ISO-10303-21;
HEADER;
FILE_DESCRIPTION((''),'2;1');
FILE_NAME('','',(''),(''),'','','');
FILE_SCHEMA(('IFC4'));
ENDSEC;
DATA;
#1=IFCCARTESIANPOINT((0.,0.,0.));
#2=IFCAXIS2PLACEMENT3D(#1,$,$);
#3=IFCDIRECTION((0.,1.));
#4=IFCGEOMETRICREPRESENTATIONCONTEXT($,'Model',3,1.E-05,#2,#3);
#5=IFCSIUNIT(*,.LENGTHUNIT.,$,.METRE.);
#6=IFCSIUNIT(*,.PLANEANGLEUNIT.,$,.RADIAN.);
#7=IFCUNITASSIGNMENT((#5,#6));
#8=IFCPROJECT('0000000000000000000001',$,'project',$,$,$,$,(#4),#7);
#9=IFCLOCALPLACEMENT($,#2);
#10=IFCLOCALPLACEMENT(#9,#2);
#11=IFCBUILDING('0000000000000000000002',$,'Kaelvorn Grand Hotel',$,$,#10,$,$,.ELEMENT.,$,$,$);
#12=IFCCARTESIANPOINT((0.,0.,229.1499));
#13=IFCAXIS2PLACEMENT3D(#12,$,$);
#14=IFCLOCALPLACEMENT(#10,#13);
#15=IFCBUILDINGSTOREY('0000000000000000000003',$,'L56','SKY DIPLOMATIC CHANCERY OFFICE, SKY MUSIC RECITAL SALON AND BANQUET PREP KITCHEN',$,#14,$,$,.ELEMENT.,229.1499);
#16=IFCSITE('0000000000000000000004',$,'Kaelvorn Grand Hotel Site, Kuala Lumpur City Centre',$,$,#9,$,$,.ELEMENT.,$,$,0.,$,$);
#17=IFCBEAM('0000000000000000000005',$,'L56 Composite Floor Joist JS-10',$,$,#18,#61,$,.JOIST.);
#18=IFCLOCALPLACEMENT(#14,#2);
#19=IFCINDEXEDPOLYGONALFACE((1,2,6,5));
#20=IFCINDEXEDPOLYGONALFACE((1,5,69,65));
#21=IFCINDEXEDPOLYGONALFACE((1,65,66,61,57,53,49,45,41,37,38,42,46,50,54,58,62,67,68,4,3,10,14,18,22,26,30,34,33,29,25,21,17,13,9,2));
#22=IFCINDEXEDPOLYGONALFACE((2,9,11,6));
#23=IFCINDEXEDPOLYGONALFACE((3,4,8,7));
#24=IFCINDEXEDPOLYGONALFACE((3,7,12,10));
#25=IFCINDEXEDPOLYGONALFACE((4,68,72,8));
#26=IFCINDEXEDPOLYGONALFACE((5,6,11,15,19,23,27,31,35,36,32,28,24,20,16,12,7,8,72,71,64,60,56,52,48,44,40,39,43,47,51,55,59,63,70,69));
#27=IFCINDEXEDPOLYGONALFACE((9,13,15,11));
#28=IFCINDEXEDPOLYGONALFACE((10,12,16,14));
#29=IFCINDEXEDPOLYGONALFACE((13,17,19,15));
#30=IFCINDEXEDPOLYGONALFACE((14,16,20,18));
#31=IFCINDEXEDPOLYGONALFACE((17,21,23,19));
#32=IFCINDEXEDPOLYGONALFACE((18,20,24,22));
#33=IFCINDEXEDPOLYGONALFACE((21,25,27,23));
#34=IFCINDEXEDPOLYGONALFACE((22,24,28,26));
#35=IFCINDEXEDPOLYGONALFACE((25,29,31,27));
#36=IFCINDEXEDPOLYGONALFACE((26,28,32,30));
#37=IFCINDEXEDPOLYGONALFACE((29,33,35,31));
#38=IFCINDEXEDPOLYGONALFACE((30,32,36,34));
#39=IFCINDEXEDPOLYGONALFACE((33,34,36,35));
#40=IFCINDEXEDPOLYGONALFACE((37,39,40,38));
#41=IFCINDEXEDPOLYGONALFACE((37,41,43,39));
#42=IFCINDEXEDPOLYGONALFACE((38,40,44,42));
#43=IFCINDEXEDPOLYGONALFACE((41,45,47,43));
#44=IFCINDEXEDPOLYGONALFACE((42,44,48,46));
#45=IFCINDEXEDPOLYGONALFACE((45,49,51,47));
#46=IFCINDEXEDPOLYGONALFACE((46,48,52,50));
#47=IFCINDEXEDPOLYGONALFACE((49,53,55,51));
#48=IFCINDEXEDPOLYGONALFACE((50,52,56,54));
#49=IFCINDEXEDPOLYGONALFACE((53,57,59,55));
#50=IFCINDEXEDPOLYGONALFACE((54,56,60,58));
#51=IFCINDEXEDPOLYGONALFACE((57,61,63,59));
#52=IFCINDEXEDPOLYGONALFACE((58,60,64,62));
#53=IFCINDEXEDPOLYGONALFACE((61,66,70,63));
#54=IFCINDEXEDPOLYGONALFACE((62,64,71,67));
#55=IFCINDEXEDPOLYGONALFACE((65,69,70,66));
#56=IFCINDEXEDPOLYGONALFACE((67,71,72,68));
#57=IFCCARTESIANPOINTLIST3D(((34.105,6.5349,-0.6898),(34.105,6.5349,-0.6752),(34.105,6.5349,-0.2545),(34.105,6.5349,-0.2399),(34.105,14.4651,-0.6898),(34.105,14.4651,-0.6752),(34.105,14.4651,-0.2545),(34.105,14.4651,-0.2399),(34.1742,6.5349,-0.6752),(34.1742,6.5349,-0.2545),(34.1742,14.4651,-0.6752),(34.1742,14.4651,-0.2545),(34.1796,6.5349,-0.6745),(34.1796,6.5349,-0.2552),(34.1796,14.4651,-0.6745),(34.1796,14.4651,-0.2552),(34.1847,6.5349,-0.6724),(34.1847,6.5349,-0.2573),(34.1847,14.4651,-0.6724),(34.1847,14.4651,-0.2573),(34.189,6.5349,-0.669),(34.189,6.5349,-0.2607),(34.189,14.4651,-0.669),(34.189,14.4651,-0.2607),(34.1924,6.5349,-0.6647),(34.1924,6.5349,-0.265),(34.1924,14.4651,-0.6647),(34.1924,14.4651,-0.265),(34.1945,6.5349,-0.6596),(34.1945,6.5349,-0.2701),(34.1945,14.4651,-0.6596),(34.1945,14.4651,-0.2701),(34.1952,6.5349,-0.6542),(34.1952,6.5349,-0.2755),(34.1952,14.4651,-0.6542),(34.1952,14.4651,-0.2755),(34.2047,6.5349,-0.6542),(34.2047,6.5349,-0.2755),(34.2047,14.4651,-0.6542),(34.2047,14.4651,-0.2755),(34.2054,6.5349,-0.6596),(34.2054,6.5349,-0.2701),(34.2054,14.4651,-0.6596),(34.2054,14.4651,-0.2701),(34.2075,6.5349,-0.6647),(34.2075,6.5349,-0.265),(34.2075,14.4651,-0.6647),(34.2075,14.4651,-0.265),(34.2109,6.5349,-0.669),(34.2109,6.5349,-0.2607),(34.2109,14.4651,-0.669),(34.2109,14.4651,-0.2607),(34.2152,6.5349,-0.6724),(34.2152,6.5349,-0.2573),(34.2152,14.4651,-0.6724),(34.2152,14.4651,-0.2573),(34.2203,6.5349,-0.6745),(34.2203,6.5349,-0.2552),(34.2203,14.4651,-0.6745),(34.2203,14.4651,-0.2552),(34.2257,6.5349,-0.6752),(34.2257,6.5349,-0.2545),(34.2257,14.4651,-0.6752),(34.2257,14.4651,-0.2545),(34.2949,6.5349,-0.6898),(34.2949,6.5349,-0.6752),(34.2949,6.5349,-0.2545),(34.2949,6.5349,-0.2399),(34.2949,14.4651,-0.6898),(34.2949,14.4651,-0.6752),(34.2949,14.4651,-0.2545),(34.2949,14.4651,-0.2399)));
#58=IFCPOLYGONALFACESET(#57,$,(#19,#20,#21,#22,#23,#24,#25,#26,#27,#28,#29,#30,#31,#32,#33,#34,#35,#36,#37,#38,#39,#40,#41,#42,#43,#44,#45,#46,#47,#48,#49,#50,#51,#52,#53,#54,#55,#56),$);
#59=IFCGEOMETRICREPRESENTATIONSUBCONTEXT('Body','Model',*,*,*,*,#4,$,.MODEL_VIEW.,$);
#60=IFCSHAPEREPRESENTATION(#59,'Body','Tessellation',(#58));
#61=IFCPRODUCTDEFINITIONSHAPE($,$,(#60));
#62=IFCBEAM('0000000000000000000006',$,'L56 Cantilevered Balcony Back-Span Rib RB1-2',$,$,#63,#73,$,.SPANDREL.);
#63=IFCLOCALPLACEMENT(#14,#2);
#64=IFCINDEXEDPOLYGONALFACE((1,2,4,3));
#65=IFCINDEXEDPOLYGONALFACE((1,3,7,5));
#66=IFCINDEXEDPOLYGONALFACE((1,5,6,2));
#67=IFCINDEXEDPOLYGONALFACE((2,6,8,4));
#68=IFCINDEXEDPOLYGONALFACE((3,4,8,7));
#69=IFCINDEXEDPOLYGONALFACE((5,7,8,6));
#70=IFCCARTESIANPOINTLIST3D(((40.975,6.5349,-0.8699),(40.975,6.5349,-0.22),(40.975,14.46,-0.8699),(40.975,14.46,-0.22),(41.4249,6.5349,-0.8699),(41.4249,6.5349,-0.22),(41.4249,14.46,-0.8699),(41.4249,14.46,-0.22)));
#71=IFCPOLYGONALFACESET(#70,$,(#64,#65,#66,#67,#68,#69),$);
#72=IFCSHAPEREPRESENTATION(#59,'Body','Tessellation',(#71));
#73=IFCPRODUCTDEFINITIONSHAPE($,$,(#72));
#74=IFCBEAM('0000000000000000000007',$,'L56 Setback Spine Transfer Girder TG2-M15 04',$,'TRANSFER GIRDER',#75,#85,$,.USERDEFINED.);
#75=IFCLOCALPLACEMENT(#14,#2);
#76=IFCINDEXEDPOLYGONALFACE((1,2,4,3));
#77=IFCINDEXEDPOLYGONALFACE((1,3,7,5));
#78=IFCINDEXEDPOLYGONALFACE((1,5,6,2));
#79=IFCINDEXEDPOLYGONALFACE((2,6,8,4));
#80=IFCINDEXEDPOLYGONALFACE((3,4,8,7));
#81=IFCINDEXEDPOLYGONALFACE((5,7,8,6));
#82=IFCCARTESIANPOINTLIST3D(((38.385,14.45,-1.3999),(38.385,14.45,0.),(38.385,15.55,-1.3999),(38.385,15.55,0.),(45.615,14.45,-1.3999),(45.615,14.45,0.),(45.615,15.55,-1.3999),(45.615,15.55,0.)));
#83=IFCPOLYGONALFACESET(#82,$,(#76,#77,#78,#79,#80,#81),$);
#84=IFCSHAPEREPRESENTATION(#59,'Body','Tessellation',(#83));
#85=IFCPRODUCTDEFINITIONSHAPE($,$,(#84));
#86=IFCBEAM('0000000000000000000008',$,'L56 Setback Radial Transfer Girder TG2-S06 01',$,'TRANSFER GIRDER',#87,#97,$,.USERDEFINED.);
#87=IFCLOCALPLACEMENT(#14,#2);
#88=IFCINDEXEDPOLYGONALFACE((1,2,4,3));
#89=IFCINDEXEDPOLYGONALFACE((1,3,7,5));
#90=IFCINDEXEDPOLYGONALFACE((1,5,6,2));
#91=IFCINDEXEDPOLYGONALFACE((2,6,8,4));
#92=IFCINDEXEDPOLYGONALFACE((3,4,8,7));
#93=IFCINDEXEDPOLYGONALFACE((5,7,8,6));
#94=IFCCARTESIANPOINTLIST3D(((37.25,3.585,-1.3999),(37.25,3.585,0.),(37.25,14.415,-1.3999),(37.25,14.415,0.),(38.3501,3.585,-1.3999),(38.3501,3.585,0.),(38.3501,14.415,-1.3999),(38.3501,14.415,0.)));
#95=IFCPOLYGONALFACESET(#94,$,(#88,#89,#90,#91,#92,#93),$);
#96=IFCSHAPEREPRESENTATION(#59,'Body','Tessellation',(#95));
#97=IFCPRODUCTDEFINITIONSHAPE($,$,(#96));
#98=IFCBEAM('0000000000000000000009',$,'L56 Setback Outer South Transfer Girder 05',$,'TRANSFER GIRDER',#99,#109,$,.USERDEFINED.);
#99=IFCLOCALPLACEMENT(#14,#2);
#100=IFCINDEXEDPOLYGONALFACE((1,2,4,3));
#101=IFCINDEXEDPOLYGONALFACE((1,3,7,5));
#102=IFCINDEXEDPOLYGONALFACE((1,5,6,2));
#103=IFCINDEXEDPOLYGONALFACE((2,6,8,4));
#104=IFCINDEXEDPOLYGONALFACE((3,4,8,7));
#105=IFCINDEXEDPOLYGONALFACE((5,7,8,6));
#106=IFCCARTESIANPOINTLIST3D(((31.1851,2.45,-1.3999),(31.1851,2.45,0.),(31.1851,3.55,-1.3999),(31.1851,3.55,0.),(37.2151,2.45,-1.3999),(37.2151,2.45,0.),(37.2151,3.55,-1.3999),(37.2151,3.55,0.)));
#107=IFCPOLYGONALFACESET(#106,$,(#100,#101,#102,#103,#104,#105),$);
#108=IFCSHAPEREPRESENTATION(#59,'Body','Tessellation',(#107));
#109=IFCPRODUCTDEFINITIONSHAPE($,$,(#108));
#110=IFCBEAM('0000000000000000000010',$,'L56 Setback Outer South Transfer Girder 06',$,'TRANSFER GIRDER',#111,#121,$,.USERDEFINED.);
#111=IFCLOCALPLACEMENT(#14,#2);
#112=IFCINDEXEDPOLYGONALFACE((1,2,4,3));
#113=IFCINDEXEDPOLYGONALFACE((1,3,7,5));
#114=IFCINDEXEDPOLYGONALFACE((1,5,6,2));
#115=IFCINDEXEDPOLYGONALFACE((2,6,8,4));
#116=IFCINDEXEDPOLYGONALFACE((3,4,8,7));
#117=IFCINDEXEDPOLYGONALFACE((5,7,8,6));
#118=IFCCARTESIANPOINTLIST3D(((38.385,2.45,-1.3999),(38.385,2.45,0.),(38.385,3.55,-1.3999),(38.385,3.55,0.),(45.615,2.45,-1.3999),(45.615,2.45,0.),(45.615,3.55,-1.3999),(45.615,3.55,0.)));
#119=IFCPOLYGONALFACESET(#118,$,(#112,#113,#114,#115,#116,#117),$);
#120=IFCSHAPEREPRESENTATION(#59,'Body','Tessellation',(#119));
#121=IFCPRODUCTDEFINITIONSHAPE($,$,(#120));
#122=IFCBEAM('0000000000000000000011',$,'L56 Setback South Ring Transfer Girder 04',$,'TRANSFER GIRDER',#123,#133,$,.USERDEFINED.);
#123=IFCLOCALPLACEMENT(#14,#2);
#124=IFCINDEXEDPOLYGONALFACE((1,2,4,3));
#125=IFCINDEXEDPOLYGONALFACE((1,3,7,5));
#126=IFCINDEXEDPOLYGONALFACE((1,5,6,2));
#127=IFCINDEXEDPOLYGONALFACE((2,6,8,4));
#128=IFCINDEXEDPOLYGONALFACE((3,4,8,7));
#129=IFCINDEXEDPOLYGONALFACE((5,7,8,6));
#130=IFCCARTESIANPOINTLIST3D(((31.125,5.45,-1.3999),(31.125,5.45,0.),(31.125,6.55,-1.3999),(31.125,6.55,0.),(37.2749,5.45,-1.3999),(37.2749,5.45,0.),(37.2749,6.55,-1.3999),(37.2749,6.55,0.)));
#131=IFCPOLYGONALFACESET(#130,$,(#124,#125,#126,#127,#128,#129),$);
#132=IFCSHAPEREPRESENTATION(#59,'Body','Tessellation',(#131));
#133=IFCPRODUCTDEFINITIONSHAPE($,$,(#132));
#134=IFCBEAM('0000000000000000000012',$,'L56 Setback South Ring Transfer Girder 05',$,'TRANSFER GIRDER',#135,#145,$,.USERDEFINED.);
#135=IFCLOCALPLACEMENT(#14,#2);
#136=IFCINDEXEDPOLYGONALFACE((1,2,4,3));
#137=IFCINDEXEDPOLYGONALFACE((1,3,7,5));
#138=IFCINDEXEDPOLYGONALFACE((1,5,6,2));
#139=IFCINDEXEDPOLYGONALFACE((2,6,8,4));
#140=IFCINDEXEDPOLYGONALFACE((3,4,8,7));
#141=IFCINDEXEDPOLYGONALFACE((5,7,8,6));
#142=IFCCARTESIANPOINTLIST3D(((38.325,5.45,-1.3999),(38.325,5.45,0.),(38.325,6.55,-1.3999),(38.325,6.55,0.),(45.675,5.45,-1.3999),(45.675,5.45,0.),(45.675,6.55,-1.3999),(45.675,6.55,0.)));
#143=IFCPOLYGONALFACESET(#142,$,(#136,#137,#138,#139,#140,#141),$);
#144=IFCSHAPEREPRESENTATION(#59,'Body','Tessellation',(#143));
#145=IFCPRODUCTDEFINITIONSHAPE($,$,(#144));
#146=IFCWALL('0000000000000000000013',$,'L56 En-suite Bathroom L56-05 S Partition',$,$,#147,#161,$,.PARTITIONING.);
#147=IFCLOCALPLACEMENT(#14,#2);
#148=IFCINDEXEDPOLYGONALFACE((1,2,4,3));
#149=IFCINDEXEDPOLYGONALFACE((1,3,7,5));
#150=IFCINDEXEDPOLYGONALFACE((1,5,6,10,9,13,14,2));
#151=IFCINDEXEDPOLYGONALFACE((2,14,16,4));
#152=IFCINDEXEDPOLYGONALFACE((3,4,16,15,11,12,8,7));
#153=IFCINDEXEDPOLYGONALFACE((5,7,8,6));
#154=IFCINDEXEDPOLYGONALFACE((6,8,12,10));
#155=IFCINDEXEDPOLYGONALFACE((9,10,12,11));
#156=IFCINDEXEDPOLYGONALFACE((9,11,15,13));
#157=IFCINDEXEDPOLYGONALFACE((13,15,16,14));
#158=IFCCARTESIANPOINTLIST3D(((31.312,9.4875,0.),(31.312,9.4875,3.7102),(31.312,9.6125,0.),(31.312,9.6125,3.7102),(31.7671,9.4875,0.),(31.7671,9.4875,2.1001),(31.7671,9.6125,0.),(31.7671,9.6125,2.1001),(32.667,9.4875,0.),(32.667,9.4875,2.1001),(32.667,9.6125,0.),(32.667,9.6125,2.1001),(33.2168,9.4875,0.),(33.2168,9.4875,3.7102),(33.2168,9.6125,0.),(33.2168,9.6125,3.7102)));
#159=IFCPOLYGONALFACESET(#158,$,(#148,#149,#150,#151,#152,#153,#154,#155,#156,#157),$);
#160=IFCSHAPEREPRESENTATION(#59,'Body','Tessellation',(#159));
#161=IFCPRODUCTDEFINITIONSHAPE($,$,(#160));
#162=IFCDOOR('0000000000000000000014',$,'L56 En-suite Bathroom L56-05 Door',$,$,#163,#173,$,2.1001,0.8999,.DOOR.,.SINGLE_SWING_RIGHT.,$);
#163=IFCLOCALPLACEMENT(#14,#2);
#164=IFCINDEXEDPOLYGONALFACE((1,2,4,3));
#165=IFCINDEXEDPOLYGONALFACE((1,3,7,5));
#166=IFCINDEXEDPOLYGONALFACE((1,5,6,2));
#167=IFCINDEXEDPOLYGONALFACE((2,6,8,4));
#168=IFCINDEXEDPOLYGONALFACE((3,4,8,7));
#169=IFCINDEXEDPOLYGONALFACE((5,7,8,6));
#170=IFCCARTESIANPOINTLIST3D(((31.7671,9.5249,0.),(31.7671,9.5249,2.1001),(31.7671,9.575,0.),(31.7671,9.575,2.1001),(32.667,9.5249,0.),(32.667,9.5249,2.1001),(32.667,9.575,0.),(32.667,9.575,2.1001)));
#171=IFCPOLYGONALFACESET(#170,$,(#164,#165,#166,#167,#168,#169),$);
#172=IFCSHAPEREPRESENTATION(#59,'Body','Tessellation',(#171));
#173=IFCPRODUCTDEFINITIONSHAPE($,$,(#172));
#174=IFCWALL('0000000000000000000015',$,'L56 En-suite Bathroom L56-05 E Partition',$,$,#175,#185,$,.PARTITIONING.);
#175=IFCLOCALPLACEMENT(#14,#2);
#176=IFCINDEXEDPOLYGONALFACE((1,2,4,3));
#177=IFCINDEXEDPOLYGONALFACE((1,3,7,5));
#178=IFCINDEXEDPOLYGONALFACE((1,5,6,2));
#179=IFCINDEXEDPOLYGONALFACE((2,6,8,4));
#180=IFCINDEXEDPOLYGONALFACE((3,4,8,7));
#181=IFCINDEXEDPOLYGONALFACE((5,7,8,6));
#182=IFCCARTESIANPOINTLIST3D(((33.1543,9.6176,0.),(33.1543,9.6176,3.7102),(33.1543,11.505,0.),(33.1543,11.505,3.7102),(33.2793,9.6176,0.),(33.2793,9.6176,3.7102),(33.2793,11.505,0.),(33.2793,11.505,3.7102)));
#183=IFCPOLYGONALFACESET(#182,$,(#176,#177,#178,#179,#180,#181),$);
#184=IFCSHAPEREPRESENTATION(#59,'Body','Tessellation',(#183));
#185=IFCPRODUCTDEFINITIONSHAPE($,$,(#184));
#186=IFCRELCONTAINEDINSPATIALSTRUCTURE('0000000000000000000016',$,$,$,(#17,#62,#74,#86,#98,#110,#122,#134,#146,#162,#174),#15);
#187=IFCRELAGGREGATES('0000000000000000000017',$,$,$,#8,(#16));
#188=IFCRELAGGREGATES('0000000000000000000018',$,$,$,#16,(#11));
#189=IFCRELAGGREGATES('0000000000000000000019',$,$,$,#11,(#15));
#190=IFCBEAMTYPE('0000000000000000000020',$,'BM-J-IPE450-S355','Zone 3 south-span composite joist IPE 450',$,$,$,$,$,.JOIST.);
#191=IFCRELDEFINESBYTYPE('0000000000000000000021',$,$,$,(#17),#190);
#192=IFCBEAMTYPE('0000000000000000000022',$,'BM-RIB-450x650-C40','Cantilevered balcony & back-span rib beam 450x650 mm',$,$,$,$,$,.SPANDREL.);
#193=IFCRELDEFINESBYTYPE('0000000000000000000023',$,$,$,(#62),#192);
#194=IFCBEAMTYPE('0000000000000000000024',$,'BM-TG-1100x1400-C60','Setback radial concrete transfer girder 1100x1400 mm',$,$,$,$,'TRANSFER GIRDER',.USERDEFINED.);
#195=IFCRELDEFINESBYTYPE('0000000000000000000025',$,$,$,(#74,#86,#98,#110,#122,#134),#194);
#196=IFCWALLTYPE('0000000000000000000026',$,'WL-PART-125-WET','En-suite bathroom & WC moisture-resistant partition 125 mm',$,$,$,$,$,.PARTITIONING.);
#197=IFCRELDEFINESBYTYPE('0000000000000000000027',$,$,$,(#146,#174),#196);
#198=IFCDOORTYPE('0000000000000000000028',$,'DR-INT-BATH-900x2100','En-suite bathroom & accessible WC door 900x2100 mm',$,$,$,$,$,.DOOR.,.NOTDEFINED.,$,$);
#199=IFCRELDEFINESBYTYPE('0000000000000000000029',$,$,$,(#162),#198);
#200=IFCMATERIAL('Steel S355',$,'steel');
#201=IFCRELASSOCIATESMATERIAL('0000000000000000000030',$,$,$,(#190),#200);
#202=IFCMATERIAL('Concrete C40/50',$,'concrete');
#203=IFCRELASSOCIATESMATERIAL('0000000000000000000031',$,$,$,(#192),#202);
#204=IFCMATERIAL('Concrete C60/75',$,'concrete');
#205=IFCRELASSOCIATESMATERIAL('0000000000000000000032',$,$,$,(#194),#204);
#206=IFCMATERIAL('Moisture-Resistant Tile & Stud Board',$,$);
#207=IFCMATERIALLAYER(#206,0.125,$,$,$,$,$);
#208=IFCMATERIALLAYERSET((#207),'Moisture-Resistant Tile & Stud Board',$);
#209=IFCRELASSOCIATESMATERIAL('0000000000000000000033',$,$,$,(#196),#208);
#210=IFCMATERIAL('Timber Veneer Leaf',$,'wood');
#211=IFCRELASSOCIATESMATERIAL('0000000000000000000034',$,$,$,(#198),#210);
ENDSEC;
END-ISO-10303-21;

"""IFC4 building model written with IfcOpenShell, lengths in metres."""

from ifc_helpers import new_model, si_unit, direction, frame, frame_2d, origin, origin_2d, place, context, subcontext, project, spatial, rectangle, i_section, extrude, material, layer, layer_set, material_profile, profile_set, type_object, element, fill, save


model = new_model("IFC4")

# Units and contexts
model_context = context("Model", 3, precision=1e-05, world=origin(), true_north=direction((0.0, 1.0)))
body_context = subcontext(model_context, "Body", "Model", "MODEL_VIEW")
ifc_project = project(units=[si_unit("LENGTHUNIT", "METRE"), si_unit("PLANEANGLEUNIT", "RADIAN")], contexts=[model_context])

# Site, building, storey
site_placement = place(None, origin())
site = spatial("IfcSite", under=ifc_project, at=site_placement, Name="Kaelvorn Grand Hotel Site, Kuala Lumpur City Centre", CompositionType="ELEMENT", RefElevation=0.0)
building_placement = place(site_placement, origin())
building = spatial("IfcBuilding", under=site, at=building_placement, Name="Kaelvorn Grand Hotel", CompositionType="ELEMENT")
storey_placement = place(building_placement, frame((0.0, 0.0, 229.1499)))
storey = spatial("IfcBuildingStorey", under=building, at=storey_placement, Name="L56", Description="SKY DIPLOMATIC CHANCERY OFFICE, SKY MUSIC RECITAL SALON AND BANQUET PREP KITCHEN", CompositionType="ELEMENT", Elevation=229.1499)

# Beams
ifc_material_1 = material(Name="Steel S355", Category="steel")
ifc_material_profile_1 = material_profile(ifc_material_1, i_section(OverallWidth=0.1899, OverallDepth=0.45, WebThickness=0.0095, FlangeThickness=0.0146, FilletRadius=0.021, at=origin_2d()), Name="IPE 450")
ifc_profile_set_1 = profile_set([ifc_material_profile_1], Name="Steel S355")
beam_type_1 = type_object("IfcBeamType", Name="BM-J-IPE450-S355", Description="Zone 3 south-span composite joist IPE 450", PredefinedType="JOIST", material=ifc_profile_set_1)
beam_1_placement = place(storey_placement, frame((34.2, 6.5349, -0.4648), z_axis=(0.0, 1.0, 0.0), x_axis=(-1.0, 0.0, 0.0)))
element("IfcBeam", 1, at=beam_1_placement, inside=storey, type_object=beam_type_1, Name="L56 Composite Floor Joist JS-10", PredefinedType="JOIST", context=body_context, shape_type="SweptSolid", body=[
    extrude(i_section(OverallWidth=0.1899, OverallDepth=0.45, WebThickness=0.0095, FlangeThickness=0.0146, FilletRadius=0.021, at=origin_2d()), origin(), (0.0, 0.0, 1.0), 7.9302),
])
ifc_material_2 = material(Name="Concrete C40/50", Category="concrete")
ifc_material_profile_2 = material_profile(ifc_material_2, rectangle(XDim=0.45, YDim=0.6499, at=origin_2d()), Name="RC RIB 450x650")
ifc_profile_set_2 = profile_set([ifc_material_profile_2], Name="Concrete C40/50")
beam_type_2 = type_object("IfcBeamType", Name="BM-RIB-450x650-C40", Description="Cantilevered balcony & back-span rib beam 450x650 mm", PredefinedType="SPANDREL", material=ifc_profile_set_2)
beam_2_placement = place(storey_placement, frame((41.2, 6.5349, -0.5449), z_axis=(0.0, 1.0, 0.0), x_axis=(-1.0, 0.0, 0.0)))
element("IfcBeam", 2, at=beam_2_placement, inside=storey, type_object=beam_type_2, Name="L56 Cantilevered Balcony Back-Span Rib RB1-2", PredefinedType="SPANDREL", context=body_context, shape_type="SweptSolid", body=[
    extrude(rectangle(XDim=0.45, YDim=0.6499, at=origin_2d()), origin(), (0.0, 0.0, 1.0), 7.925),
])
ifc_material_3 = material(Name="Concrete C60/75", Category="concrete")
ifc_material_profile_3 = material_profile(ifc_material_3, rectangle(XDim=1.1001, YDim=1.3999, at=origin_2d()), Name="RC TG 1100x1400")
ifc_profile_set_3 = profile_set([ifc_material_profile_3], Name="Concrete C60/75")
beam_type_3 = type_object("IfcBeamType", Name="BM-TG-1100x1400-C60", Description="Setback radial concrete transfer girder 1100x1400 mm", ElementType="TRANSFER GIRDER", PredefinedType="USERDEFINED", material=ifc_profile_set_3)
beam_3_placement = place(storey_placement, frame((38.385, 15.0, -0.7), z_axis=(1.0, 0.0, 0.0), x_axis=(0.0, 1.0, 0.0)))
element("IfcBeam", 3, at=beam_3_placement, inside=storey, type_object=beam_type_3, Name="L56 Setback Spine Transfer Girder TG2-M15 04", ObjectType="TRANSFER GIRDER", PredefinedType="USERDEFINED", context=body_context, shape_type="SweptSolid", body=[
    extrude(rectangle(XDim=1.1001, YDim=1.3999, at=origin_2d()), origin(), (0.0, 0.0, 1.0), 7.23),
])
beam_4_placement = place(storey_placement, frame((37.8, 3.585, -0.7), z_axis=(0.0, 1.0, 0.0), x_axis=(-1.0, 0.0, 0.0)))
element("IfcBeam", 4, at=beam_4_placement, inside=storey, type_object=beam_type_3, Name="L56 Setback Radial Transfer Girder TG2-S06 01", ObjectType="TRANSFER GIRDER", PredefinedType="USERDEFINED", context=body_context, shape_type="SweptSolid", body=[
    extrude(rectangle(XDim=1.1001, YDim=1.3999, at=origin_2d()), origin(), (0.0, 0.0, 1.0), 10.8301),
])
beam_5_placement = place(storey_placement, frame((31.1851, 3.0, -0.7), z_axis=(1.0, 0.0, 0.0), x_axis=(0.0, 1.0, 0.0)))
element("IfcBeam", 5, at=beam_5_placement, inside=storey, type_object=beam_type_3, Name="L56 Setback Outer South Transfer Girder 05", ObjectType="TRANSFER GIRDER", PredefinedType="USERDEFINED", context=body_context, shape_type="SweptSolid", body=[
    extrude(rectangle(XDim=1.1001, YDim=1.3999, at=origin_2d()), origin(), (0.0, 0.0, 1.0), 6.03),
])
beam_6_placement = place(storey_placement, frame((38.385, 3.0, -0.7), z_axis=(1.0, 0.0, 0.0), x_axis=(0.0, 1.0, 0.0)))
element("IfcBeam", 6, at=beam_6_placement, inside=storey, type_object=beam_type_3, Name="L56 Setback Outer South Transfer Girder 06", ObjectType="TRANSFER GIRDER", PredefinedType="USERDEFINED", context=body_context, shape_type="SweptSolid", body=[
    extrude(rectangle(XDim=1.1001, YDim=1.3999, at=origin_2d()), origin(), (0.0, 0.0, 1.0), 7.23),
])
beam_7_placement = place(storey_placement, frame((31.125, 6.0, -0.7), z_axis=(1.0, 0.0, 0.0), x_axis=(0.0, 1.0, 0.0)))
element("IfcBeam", 7, at=beam_7_placement, inside=storey, type_object=beam_type_3, Name="L56 Setback South Ring Transfer Girder 04", ObjectType="TRANSFER GIRDER", PredefinedType="USERDEFINED", context=body_context, shape_type="SweptSolid", body=[
    extrude(rectangle(XDim=1.1001, YDim=1.3999, at=origin_2d()), origin(), (0.0, 0.0, 1.0), 6.1499),
])
beam_8_placement = place(storey_placement, frame((38.325, 6.0, -0.7), z_axis=(1.0, 0.0, 0.0), x_axis=(0.0, 1.0, 0.0)))
element("IfcBeam", 8, at=beam_8_placement, inside=storey, type_object=beam_type_3, Name="L56 Setback South Ring Transfer Girder 05", ObjectType="TRANSFER GIRDER", PredefinedType="USERDEFINED", context=body_context, shape_type="SweptSolid", body=[
    extrude(rectangle(XDim=1.1001, YDim=1.3999, at=origin_2d()), origin(), (0.0, 0.0, 1.0), 7.3501),
])

# Wall, opening, door
ifc_material_4 = material(Name="Moisture-Resistant Tile & Stud Board")
ifc_layer_1 = layer(ifc_material_4, 0.125)
ifc_layer_set_1 = layer_set([ifc_layer_1], Name="Moisture-Resistant Tile & Stud Board")
wall_type_1 = type_object("IfcWallType", Name="WL-PART-125-WET", Description="En-suite bathroom & WC moisture-resistant partition 125 mm", PredefinedType="PARTITIONING", material=ifc_layer_set_1)
wall_1_placement = place(storey_placement, frame((31.312, 9.55, 0.0), z_axis=(0.0, 0.0, 1.0), x_axis=(1.0, 0.0, 0.0)))
wall_1 = element("IfcWall", 9, at=wall_1_placement, inside=storey, type_object=wall_type_1, Name="L56 En-suite Bathroom L56-05 S Partition", PredefinedType="PARTITIONING", context=body_context, shape_type="SweptSolid", body=[
    extrude(rectangle(XDim=1.9048, YDim=0.125, at=frame_2d((0.9524, 0.0))), origin(), (0.0, 0.0, 1.0), 3.7102),
])
opening_1_placement = place(wall_1_placement, frame((0.4551, 0.0, 0.0)))
opening_1 = element("IfcOpeningElement", 10, at=opening_1_placement, cuts=wall_1, PredefinedType="OPENING", context=body_context, shape_type="SweptSolid", body=[
    extrude(rectangle(XDim=0.8999, YDim=2.1001, at=frame_2d((0.45, 1.05))), frame((0.0, 0.0725, 0.0), z_axis=(0.0, -1.0, 0.0), x_axis=(1.0, 0.0, 0.0)), (0.0, 0.0, 1.0), 0.145),
])
ifc_material_5 = material(Name="Timber Veneer Leaf", Category="wood")
door_type_1 = type_object("IfcDoorType", Name="DR-INT-BATH-900x2100", Description="En-suite bathroom & accessible WC door 900x2100 mm", OperationType="NOTDEFINED", PredefinedType="DOOR", material=ifc_material_5)
door_1_placement = place(opening_1_placement, origin())
door_1 = element("IfcDoor", 11, at=door_1_placement, inside=storey, type_object=door_type_1, Name="L56 En-suite Bathroom L56-05 Door", OperationType="SINGLE_SWING_RIGHT", OverallHeight=2.1001, OverallWidth=0.8999, PredefinedType="DOOR", context=body_context, shape_type="SweptSolid", body=[
    extrude(rectangle(XDim=0.8999, YDim=2.1001, at=frame_2d((0.45, 1.05))), frame((0.0, 0.0249, 0.0), z_axis=(0.0, -1.0, 0.0), x_axis=(1.0, 0.0, 0.0)), (0.0, 0.0, 1.0), 0.05),
])
fill(opening_1, door_1)

# Wall
wall_2_placement = place(storey_placement, frame((33.2168, 9.6174, 0.0), z_axis=(0.0, 0.0, 1.0), x_axis=(0.0, 1.0, 0.0)))
element("IfcWall", 12, at=wall_2_placement, inside=storey, type_object=wall_type_1, Name="L56 En-suite Bathroom L56-05 E Partition", PredefinedType="PARTITIONING", context=body_context, shape_type="SweptSolid", body=[
    extrude(rectangle(XDim=1.8875, YDim=0.125, at=frame_2d((0.9438, 0.0))), origin(), (0.0, 0.0, 1.0), 3.7102),
])

save(model, "model.ifc")
